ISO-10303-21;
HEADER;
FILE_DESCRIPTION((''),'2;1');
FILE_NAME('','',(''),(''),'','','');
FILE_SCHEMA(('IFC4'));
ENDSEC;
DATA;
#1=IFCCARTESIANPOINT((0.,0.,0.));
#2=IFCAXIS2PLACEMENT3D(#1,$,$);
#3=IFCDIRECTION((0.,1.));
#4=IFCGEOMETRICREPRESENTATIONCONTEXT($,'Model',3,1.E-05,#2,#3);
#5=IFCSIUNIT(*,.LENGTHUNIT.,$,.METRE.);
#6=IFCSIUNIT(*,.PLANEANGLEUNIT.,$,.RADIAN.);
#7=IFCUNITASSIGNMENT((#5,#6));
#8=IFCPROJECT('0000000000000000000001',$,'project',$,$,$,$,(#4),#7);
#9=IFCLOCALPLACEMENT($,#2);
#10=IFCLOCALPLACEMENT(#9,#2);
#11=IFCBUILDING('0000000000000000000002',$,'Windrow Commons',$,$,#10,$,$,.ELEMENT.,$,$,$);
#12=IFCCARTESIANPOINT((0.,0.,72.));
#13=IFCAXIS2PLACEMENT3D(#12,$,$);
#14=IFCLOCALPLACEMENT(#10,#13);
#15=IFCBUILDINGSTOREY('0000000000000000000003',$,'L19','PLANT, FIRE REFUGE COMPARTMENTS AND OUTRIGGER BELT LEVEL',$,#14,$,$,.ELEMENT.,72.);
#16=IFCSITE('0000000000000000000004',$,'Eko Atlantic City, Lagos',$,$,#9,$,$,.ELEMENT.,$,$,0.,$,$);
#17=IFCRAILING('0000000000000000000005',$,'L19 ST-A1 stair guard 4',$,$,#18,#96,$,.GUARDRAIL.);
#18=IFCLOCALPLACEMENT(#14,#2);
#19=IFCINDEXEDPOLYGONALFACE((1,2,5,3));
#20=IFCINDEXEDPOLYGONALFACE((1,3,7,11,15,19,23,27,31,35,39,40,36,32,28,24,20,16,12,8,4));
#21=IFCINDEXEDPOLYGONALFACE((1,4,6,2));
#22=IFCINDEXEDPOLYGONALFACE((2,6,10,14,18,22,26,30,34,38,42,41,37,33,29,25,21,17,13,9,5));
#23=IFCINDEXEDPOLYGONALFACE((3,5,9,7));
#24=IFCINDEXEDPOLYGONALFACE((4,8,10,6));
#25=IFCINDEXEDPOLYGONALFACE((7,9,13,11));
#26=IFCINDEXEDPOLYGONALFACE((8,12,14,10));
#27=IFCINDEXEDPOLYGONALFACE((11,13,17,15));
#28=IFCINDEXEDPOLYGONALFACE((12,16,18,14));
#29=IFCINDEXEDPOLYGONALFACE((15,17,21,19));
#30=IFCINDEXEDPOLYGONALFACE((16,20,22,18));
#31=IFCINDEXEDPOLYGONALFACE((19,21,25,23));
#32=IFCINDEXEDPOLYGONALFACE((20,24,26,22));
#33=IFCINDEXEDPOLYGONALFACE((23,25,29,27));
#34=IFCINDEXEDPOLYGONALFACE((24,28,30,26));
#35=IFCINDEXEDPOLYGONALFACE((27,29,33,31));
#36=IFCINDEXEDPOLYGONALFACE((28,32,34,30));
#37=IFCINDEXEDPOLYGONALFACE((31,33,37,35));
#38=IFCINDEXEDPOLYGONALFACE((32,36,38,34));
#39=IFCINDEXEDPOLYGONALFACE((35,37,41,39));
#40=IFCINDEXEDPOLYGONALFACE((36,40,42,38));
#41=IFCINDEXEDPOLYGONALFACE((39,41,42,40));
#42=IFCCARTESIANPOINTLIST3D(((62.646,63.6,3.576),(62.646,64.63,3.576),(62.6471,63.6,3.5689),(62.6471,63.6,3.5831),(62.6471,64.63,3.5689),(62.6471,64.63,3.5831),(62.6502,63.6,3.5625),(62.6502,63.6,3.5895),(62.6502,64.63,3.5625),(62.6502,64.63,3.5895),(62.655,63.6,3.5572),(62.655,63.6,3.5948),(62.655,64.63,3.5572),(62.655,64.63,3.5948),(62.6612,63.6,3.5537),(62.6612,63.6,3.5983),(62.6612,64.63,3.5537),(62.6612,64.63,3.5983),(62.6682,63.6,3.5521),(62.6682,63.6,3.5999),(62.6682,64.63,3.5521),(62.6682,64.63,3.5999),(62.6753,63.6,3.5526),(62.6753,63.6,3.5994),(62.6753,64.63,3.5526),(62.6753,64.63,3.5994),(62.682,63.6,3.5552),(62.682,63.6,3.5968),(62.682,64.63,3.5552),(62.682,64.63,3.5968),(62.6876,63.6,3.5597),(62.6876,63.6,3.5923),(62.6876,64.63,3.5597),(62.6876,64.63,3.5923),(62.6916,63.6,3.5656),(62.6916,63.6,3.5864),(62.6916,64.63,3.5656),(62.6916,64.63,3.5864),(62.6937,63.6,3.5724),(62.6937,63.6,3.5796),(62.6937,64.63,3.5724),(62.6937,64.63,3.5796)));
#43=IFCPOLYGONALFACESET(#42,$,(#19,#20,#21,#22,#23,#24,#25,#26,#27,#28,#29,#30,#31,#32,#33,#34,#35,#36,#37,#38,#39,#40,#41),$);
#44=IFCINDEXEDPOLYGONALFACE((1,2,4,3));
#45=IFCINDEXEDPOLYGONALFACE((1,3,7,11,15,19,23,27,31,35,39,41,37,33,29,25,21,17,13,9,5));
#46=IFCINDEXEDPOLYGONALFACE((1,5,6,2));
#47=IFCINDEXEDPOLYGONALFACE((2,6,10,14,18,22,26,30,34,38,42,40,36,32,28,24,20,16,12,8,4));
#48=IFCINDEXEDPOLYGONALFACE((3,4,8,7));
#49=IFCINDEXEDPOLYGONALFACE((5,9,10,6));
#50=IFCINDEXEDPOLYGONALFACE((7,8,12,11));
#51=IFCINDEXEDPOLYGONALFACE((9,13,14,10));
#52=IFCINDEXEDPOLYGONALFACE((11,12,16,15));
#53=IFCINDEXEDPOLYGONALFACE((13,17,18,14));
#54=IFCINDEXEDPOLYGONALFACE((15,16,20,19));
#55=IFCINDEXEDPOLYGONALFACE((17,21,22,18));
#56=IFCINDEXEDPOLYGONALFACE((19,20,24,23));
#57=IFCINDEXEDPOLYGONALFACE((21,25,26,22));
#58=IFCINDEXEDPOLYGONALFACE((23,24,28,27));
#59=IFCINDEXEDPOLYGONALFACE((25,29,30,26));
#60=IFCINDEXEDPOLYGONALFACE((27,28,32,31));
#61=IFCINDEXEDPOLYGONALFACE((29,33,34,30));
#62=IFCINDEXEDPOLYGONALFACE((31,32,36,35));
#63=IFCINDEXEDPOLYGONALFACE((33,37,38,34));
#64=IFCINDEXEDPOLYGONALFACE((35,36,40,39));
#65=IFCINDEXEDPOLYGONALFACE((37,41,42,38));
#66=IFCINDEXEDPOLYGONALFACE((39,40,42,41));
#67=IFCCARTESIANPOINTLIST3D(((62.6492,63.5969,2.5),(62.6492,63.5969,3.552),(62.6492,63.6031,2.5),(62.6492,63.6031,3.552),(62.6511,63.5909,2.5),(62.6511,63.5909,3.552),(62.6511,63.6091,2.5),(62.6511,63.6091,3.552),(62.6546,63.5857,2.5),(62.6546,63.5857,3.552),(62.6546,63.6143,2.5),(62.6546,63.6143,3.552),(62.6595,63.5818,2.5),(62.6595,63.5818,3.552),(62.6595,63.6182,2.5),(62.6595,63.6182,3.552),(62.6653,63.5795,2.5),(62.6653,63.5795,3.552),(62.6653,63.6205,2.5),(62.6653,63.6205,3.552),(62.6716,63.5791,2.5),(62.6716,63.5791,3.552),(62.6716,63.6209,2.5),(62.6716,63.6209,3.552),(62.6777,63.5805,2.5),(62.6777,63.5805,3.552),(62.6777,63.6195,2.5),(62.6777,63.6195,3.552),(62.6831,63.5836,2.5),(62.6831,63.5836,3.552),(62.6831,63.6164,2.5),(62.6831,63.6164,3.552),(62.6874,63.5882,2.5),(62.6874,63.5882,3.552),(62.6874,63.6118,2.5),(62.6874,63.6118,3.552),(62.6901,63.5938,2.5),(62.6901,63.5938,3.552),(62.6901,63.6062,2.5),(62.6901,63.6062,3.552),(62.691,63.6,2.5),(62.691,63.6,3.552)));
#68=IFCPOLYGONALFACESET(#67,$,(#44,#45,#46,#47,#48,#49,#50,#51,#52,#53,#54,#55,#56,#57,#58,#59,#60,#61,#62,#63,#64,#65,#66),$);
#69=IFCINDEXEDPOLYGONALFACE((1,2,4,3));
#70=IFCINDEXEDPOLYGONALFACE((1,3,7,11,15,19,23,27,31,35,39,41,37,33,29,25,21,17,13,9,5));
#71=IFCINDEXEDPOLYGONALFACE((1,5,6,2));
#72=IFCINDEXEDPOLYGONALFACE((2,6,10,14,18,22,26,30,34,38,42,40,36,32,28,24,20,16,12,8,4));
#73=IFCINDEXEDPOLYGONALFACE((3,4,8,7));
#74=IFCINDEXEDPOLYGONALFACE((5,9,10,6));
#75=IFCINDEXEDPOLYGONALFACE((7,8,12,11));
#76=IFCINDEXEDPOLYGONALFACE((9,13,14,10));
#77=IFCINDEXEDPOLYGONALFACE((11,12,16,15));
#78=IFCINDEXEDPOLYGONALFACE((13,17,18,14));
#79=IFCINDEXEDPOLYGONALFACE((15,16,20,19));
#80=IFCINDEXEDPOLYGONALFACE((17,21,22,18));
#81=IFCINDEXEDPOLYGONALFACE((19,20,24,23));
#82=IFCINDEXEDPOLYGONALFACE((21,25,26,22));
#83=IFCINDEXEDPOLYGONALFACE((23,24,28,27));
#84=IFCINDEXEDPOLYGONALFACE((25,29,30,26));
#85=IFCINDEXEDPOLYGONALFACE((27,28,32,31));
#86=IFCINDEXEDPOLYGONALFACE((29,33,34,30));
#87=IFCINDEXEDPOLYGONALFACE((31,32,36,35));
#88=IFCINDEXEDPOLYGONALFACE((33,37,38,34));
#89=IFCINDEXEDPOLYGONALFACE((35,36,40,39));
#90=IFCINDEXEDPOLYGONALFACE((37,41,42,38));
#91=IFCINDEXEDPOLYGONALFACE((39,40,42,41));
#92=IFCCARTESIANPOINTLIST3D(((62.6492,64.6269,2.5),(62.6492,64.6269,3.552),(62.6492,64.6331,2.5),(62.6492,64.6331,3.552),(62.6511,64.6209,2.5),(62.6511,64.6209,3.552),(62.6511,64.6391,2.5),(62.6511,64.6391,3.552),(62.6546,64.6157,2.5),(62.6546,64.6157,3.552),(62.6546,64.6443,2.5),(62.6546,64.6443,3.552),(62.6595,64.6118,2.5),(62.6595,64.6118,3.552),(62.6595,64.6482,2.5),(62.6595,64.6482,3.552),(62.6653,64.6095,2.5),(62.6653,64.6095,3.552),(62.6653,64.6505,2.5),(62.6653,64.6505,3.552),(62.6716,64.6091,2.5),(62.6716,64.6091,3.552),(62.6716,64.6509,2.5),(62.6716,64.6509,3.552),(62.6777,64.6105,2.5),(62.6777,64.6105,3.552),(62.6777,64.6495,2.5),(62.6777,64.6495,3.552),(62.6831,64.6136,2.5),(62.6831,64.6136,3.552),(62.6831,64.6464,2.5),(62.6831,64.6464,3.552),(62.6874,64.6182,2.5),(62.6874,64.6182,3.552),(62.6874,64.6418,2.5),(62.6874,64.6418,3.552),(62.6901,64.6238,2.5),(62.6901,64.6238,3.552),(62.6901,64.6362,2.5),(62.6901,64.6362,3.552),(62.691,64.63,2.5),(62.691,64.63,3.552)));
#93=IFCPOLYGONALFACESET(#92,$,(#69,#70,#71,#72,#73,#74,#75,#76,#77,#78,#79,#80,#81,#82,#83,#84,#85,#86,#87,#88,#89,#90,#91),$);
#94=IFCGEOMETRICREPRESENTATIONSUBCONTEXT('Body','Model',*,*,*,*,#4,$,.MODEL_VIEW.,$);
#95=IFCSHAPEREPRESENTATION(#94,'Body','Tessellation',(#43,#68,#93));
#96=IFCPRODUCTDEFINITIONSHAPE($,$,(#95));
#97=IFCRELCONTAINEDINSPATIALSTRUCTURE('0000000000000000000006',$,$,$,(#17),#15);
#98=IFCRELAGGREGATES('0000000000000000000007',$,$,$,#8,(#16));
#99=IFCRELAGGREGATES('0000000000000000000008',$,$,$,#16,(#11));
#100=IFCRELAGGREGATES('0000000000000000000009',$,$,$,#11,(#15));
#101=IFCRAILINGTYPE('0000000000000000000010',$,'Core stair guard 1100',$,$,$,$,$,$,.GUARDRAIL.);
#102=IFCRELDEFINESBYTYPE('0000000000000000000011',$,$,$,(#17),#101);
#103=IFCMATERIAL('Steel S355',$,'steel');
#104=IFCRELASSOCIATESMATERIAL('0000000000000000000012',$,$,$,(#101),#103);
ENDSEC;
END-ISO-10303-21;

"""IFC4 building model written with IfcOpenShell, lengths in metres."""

from ifc_helpers import new_model, si_unit, direction, frame, origin, origin_2d, place, context, subcontext, project, spatial, circle, extrude, material, type_object, element, save


model = new_model("IFC4")

# Units and contexts
model_context = context("Model", 3, precision=1e-05, world=origin(), true_north=direction((0.0, 1.0)))
body_context = subcontext(model_context, "Body", "Model", "MODEL_VIEW")
ifc_project = project(units=[si_unit("LENGTHUNIT", "METRE"), si_unit("PLANEANGLEUNIT", "RADIAN")], contexts=[model_context])

# Site, building, storey
site_placement = place(None, origin())
site = spatial("IfcSite", under=ifc_project, at=site_placement, Name="Eko Atlantic City, Lagos", CompositionType="ELEMENT", RefElevation=0.0)
building_placement = place(site_placement, origin())
building = spatial("IfcBuilding", under=site, at=building_placement, Name="Windrow Commons", CompositionType="ELEMENT")
storey_placement = place(building_placement, frame((0.0, 0.0, 72.0)))
storey = spatial("IfcBuildingStorey", under=building, at=storey_placement, Name="L19", Description="PLANT, FIRE REFUGE COMPARTMENTS AND OUTRIGGER BELT LEVEL", CompositionType="ELEMENT", Elevation=72.0)

# Railing
ifc_material_1 = material(Name="Steel S355", Category="steel")
railing_type_1 = type_object("IfcRailingType", Name="Core stair guard 1100", PredefinedType="GUARDRAIL", material=ifc_material_1)
railing_1_placement = place(storey_placement, frame((62.67, 63.6, 2.5)))
element("IfcRailing", 1, at=railing_1_placement, inside=storey, type_object=railing_type_1, Name="L19 ST-A1 stair guard 4", PredefinedType="GUARDRAIL", context=body_context, shape_type="SweptSolid", body=[
    extrude(circle(Radius=0.024, at=origin_2d()), frame((0.0, 0.0, 1.076), z_axis=(0.0, 1.0, 0.0), x_axis=(-1.0, 0.0, 0.0)), (0.0, 0.0, 1.0), 1.03),
    extrude(circle(Radius=0.021, at=origin_2d()), origin(), (0.0, 0.0, 1.0), 1.052),
    extrude(circle(Radius=0.021, at=origin_2d()), frame((0.0, 1.03, 0.0)), (0.0, 0.0, 1.0), 1.052),
])

save(model, "model.ifc")
